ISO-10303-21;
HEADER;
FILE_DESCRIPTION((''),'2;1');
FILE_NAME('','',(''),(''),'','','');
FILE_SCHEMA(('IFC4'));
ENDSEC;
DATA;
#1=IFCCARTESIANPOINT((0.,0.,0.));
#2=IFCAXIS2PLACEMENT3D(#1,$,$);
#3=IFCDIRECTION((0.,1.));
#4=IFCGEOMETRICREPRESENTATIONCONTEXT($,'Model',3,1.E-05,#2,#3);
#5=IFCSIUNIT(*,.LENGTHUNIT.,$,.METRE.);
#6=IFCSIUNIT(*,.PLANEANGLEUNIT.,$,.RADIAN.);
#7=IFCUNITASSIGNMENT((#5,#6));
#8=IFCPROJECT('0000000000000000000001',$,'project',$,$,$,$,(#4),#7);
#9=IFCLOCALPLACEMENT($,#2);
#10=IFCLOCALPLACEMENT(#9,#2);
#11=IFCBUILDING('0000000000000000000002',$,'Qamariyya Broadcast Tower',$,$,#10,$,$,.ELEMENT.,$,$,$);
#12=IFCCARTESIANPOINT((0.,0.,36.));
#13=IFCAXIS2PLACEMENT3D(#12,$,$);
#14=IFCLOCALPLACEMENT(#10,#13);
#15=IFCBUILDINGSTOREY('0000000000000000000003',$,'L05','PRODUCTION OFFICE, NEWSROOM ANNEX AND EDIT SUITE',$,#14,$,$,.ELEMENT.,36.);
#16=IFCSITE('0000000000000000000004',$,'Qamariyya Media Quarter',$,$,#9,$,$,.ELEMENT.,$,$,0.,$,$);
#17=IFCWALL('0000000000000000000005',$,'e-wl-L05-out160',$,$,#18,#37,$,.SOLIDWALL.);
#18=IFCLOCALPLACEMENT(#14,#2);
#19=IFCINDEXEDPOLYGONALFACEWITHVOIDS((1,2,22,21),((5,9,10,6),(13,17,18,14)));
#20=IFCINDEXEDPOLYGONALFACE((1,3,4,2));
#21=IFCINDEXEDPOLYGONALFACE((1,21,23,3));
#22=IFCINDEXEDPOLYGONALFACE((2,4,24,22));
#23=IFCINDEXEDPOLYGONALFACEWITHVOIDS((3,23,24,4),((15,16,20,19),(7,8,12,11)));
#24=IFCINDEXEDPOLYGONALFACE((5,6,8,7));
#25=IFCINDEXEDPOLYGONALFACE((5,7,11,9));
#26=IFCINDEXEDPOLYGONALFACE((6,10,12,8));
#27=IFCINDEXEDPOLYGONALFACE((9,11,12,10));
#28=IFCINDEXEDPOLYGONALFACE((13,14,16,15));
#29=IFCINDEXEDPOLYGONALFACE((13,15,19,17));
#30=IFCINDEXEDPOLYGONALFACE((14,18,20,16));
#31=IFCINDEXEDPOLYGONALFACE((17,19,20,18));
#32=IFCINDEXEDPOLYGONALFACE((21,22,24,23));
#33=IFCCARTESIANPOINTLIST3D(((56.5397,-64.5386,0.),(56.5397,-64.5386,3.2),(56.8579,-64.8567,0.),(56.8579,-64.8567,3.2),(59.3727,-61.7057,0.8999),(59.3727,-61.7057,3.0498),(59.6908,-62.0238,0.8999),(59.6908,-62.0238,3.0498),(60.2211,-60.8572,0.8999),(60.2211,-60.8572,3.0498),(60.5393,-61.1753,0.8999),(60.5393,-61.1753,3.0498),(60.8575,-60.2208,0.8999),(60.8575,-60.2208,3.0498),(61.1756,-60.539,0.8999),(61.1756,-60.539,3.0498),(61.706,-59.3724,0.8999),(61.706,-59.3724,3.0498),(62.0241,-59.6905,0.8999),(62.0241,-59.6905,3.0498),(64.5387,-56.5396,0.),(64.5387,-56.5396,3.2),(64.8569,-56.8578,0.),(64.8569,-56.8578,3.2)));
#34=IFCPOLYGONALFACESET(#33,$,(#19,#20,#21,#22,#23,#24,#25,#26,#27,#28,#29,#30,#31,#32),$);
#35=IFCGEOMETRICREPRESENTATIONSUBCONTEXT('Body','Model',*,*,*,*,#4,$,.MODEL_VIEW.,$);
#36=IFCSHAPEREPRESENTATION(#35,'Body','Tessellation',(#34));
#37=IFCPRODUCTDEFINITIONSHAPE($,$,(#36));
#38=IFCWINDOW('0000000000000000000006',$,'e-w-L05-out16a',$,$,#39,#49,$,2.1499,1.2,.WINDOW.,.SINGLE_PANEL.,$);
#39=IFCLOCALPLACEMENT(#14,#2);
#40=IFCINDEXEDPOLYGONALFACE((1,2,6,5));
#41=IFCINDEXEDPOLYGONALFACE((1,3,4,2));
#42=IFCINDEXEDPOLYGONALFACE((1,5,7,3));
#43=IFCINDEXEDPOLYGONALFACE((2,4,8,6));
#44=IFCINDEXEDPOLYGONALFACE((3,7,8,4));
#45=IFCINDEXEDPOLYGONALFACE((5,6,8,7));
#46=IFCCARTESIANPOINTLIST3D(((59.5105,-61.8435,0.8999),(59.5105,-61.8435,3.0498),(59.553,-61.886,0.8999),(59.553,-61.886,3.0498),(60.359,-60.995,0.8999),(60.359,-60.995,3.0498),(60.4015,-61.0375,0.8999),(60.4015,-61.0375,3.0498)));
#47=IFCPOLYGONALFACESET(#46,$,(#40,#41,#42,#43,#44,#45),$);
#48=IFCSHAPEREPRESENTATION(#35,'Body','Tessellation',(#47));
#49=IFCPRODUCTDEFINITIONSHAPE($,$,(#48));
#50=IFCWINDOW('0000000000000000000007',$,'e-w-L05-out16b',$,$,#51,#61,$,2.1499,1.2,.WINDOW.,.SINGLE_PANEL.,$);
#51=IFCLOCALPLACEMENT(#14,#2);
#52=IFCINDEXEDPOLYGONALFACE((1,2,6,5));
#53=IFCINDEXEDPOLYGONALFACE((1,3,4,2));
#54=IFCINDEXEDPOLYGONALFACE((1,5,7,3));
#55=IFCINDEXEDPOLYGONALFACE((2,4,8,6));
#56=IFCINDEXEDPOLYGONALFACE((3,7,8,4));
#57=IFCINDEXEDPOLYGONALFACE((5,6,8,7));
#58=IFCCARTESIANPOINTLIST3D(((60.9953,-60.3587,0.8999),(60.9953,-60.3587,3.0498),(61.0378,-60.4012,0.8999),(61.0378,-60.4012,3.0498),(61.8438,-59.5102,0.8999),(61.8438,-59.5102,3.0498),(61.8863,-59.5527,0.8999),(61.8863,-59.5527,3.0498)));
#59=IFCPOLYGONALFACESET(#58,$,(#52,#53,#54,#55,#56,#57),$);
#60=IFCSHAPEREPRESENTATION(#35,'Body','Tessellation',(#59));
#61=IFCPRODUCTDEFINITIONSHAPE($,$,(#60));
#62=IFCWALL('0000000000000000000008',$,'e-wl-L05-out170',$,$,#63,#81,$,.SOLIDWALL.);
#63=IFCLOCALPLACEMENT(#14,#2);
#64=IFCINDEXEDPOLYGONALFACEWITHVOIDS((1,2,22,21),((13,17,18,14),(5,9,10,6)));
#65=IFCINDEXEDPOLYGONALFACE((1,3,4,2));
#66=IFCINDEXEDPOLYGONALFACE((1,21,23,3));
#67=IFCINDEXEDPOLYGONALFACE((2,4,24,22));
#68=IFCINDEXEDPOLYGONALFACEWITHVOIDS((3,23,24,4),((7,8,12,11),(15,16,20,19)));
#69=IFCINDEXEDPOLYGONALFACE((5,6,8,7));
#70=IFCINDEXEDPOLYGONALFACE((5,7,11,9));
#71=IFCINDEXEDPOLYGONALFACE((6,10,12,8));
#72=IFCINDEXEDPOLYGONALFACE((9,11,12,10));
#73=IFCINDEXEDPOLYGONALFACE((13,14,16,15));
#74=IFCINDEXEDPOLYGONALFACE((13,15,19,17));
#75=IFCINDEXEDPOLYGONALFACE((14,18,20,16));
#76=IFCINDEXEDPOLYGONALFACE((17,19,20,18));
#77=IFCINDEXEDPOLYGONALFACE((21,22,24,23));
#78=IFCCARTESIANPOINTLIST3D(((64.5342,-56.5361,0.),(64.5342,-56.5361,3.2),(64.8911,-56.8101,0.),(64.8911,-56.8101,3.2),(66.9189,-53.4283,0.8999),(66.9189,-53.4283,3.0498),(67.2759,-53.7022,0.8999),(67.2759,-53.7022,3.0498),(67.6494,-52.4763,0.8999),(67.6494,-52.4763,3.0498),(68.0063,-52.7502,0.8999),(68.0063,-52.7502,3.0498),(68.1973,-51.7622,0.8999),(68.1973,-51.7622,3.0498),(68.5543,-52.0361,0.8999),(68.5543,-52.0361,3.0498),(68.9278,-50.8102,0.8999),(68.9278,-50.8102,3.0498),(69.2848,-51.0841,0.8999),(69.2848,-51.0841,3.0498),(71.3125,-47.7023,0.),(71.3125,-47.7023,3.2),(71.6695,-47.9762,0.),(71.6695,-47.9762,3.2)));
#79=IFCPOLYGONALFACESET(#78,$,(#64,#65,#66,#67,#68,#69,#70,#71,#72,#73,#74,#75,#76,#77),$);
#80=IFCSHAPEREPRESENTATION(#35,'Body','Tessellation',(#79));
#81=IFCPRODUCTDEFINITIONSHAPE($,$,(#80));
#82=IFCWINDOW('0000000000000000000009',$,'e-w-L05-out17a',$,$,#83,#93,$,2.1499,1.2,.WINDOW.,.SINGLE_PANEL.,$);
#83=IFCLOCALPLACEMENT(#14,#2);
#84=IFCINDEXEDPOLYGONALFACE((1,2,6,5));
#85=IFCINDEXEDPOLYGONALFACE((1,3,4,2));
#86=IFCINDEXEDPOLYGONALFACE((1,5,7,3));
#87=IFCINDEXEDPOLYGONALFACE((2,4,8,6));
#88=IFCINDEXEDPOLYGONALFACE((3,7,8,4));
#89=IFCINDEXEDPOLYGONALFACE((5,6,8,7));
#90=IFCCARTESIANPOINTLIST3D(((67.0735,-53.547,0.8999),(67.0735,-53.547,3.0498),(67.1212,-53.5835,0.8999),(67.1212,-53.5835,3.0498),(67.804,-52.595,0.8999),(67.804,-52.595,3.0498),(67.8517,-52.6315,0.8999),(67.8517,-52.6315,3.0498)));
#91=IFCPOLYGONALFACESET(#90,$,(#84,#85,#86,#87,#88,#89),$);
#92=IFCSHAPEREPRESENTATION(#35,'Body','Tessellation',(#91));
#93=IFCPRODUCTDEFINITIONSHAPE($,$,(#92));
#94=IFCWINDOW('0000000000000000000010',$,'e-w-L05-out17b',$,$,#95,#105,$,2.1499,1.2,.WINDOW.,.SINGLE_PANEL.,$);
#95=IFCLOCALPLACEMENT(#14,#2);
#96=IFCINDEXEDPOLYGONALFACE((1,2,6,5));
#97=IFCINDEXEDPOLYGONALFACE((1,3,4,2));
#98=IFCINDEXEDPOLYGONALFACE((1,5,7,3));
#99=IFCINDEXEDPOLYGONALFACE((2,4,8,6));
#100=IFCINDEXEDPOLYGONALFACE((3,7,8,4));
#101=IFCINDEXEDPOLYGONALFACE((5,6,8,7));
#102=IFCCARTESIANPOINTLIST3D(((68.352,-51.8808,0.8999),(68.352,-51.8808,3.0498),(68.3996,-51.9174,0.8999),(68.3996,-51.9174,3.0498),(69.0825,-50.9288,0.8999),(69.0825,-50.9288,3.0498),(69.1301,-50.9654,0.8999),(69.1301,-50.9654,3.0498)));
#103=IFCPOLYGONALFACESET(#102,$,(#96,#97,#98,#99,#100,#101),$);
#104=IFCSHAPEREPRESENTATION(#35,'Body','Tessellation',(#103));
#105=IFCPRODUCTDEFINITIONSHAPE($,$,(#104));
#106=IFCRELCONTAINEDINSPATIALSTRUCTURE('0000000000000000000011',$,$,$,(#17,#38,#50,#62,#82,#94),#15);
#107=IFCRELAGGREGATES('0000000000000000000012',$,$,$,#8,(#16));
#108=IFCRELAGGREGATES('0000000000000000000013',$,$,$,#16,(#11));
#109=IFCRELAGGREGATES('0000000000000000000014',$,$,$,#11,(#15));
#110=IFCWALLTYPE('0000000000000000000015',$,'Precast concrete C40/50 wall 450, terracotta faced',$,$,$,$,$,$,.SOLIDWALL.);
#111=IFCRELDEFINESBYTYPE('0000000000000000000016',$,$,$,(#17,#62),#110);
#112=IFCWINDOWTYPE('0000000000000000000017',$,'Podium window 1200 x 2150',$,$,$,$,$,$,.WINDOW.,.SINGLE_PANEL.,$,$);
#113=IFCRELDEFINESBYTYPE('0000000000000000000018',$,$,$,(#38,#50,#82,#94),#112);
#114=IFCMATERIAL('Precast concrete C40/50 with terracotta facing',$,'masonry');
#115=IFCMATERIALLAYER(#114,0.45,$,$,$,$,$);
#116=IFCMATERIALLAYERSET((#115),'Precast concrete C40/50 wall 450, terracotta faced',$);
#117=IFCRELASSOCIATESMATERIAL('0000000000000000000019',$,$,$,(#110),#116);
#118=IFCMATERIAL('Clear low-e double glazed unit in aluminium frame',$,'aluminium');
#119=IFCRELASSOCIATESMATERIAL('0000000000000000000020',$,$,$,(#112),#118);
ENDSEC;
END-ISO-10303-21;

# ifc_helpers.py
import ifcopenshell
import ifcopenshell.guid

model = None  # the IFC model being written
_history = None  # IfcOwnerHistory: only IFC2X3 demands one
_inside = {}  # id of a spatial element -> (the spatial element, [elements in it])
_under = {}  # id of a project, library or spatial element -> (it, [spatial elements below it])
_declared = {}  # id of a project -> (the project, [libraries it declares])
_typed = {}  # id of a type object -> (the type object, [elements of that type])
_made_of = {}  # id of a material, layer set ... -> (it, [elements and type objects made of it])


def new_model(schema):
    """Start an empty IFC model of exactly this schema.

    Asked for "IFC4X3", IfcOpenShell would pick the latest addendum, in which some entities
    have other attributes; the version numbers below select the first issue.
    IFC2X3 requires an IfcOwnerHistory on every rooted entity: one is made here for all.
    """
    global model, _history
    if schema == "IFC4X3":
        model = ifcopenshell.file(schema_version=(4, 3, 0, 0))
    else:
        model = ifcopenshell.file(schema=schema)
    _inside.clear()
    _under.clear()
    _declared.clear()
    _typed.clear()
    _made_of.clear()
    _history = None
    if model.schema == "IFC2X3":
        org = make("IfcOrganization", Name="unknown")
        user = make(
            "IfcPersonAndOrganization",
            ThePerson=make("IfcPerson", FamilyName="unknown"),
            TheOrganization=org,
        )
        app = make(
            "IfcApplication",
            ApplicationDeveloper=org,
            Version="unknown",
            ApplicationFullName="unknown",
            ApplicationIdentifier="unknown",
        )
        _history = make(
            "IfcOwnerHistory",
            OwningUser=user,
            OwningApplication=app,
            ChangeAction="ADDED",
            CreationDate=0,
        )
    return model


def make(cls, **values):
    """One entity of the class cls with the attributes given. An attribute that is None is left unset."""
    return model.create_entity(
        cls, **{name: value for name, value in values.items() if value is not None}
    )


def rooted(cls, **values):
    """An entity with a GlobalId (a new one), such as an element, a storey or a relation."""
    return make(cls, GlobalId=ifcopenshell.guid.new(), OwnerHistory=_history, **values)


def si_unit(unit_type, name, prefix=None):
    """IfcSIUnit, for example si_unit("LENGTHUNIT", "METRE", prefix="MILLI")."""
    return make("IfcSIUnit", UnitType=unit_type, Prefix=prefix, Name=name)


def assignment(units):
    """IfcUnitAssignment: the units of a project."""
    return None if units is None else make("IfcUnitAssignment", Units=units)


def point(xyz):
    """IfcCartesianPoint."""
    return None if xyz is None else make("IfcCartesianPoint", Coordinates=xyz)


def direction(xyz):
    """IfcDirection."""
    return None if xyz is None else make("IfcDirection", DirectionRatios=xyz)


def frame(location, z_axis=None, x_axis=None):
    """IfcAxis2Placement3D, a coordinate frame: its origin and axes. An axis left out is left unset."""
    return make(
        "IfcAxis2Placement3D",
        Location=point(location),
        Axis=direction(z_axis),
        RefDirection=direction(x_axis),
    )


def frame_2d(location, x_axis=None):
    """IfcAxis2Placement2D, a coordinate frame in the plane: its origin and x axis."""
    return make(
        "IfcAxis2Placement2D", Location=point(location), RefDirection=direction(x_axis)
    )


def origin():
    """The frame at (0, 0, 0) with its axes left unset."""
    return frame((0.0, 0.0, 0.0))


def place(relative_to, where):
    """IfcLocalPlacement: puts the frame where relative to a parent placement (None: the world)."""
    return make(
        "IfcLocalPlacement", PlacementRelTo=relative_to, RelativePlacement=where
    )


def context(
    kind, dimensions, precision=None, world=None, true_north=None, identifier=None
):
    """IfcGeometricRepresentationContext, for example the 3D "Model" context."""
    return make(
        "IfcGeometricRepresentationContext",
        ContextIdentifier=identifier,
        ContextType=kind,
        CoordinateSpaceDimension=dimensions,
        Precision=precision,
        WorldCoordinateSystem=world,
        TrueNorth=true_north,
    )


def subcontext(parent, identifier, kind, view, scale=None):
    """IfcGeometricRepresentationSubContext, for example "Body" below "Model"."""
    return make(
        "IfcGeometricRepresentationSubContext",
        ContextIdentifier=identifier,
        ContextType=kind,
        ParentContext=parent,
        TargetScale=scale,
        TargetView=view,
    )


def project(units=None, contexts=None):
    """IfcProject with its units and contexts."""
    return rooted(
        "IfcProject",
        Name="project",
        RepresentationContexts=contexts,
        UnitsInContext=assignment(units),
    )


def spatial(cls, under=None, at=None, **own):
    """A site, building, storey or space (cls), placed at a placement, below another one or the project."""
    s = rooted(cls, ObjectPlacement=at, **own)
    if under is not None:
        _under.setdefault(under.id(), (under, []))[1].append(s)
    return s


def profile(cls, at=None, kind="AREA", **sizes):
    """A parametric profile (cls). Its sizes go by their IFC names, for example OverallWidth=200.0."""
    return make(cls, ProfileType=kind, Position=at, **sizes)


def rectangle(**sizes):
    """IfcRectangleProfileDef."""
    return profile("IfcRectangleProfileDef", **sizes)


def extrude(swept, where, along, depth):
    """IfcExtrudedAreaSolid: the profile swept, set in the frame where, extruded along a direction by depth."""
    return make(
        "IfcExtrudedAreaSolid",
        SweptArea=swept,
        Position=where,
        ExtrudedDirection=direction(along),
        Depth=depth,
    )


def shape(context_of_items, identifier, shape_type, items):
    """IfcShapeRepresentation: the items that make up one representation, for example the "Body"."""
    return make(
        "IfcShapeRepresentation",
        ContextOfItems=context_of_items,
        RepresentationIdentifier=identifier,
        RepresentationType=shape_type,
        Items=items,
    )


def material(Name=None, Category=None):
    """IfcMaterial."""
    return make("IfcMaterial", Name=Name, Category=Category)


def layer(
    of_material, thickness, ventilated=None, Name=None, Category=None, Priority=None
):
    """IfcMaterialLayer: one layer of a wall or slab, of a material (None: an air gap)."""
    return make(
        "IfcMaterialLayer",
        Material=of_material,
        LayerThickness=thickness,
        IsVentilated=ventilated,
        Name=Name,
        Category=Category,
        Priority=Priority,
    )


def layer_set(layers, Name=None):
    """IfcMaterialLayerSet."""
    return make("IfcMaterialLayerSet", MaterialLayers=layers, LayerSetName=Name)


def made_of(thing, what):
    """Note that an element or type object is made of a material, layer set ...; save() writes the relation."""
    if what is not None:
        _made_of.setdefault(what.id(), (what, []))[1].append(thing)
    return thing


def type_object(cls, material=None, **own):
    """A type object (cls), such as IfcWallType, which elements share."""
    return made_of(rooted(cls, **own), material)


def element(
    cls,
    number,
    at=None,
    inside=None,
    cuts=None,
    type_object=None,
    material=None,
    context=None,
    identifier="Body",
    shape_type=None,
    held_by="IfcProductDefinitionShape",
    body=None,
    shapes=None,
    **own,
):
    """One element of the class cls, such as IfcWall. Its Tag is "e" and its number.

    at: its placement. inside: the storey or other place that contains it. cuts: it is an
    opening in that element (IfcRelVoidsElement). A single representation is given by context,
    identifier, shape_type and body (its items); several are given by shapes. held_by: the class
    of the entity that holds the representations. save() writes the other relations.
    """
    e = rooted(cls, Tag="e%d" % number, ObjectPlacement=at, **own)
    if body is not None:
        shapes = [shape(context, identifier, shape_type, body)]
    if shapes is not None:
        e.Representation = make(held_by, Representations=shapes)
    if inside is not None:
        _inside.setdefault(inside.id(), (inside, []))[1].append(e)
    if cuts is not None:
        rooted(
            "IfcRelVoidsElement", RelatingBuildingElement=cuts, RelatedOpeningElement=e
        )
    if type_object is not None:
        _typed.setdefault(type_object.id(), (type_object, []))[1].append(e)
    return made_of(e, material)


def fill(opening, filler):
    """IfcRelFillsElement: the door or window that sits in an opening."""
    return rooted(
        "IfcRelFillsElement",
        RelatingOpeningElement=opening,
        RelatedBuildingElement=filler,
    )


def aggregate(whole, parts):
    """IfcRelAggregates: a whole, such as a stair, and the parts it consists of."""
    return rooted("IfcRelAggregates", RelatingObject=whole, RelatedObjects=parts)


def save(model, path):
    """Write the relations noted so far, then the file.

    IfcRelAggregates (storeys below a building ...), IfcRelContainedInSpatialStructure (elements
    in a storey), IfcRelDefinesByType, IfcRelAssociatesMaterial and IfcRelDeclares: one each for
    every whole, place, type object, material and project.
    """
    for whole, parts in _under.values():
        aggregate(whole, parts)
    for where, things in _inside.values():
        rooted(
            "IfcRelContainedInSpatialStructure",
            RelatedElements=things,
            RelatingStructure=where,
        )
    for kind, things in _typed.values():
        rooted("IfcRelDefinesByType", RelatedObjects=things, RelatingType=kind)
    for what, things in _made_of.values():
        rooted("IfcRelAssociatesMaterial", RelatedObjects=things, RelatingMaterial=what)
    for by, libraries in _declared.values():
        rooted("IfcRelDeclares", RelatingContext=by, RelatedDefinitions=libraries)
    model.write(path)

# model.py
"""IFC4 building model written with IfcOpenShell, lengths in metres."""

from ifc_helpers import new_model, si_unit, direction, frame, frame_2d, origin, place, context, subcontext, project, spatial, rectangle, extrude, material, layer, layer_set, type_object, element, fill, save


model = new_model("IFC4")

# Units and contexts
model_context = context("Model", 3, precision=1e-05, world=origin(), true_north=direction((0.0, 1.0)))
body_context = subcontext(model_context, "Body", "Model", "MODEL_VIEW")
ifc_project = project(units=[si_unit("LENGTHUNIT", "METRE"), si_unit("PLANEANGLEUNIT", "RADIAN")], contexts=[model_context])

# Site, building, storey
site_placement = place(None, origin())
site = spatial("IfcSite", under=ifc_project, at=site_placement, Name="Qamariyya Media Quarter", CompositionType="ELEMENT", RefElevation=0.0)
building_placement = place(site_placement, origin())
building = spatial("IfcBuilding", under=site, at=building_placement, Name="Qamariyya Broadcast Tower", CompositionType="ELEMENT")
storey_placement = place(building_placement, frame((0.0, 0.0, 36.0)))
storey = spatial("IfcBuildingStorey", under=building, at=storey_placement, Name="L05", Description="PRODUCTION OFFICE, NEWSROOM ANNEX AND EDIT SUITE", CompositionType="ELEMENT", Elevation=36.0)

# Walls, openings, windows
ifc_material_1 = material(Name="Precast concrete C40/50 with terracotta facing", Category="masonry")
ifc_layer_1 = layer(ifc_material_1, 0.45)
ifc_layer_set_1 = layer_set([ifc_layer_1], Name="Precast concrete C40/50 wall 450, terracotta faced")
wall_type_1 = type_object("IfcWallType", Name="Precast concrete C40/50 wall 450, terracotta faced", PredefinedType="SOLIDWALL", material=ifc_layer_set_1)
wall_1_placement = place(storey_placement, frame((56.6987, -64.6978, 0.0), z_axis=(0.0, 0.0, 1.0), x_axis=(0.707107, 0.707107, 0.0)))
wall_1 = element("IfcWall", 1, at=wall_1_placement, inside=storey, type_object=wall_type_1, Name="e-wl-L05-out160", PredefinedType="SOLIDWALL", context=body_context, shape_type="SweptSolid", body=[
    extrude(rectangle(XDim=11.3123, YDim=0.45, at=frame_2d((5.6562, 0.0))), origin(), (0.0, 0.0, 1.0), 3.2),
])
opening_1_placement = place(wall_1_placement, frame((4.0063, 0.0, 0.8999)))
opening_1 = element("IfcOpeningElement", 2, at=opening_1_placement, cuts=wall_1, PredefinedType="OPENING", context=body_context, shape_type="SweptSolid", body=[
    extrude(rectangle(XDim=1.2, YDim=2.1499, at=frame_2d((0.6001, 1.075))), frame((0.0, 0.2349, 0.0), z_axis=(0.0, -1.0, 0.0), x_axis=(1.0, 0.0, 0.0)), (0.0, 0.0, 1.0), 0.47),
])
opening_2_placement = place(wall_1_placement, frame((6.1062, 0.0, 0.8999)))
opening_2 = element("IfcOpeningElement", 3, at=opening_2_placement, cuts=wall_1, PredefinedType="OPENING", context=body_context, shape_type="SweptSolid", body=[
    extrude(rectangle(XDim=1.2, YDim=2.1499, at=frame_2d((0.6001, 1.075))), frame((0.0, 0.2349, 0.0), z_axis=(0.0, -1.0, 0.0), x_axis=(1.0, 0.0, 0.0)), (0.0, 0.0, 1.0), 0.47),
])
ifc_material_2 = material(Name="Clear low-e double glazed unit in aluminium frame", Category="aluminium")
window_type = type_object("IfcWindowType", Name="Podium window 1200 x 2150", PartitioningType="SINGLE_PANEL", PredefinedType="WINDOW", material=ifc_material_2)
window_1_placement = place(opening_1_placement, origin())
window_1 = element("IfcWindow", 4, at=window_1_placement, inside=storey, type_object=window_type, Name="e-w-L05-out16a", OverallHeight=2.1499, OverallWidth=1.2, PartitioningType="SINGLE_PANEL", PredefinedType="WINDOW", context=body_context, shape_type="SweptSolid", body=[
    extrude(rectangle(XDim=1.2, YDim=2.1499, at=frame_2d((0.6001, 1.075))), frame((0.0, 0.03, 0.0), z_axis=(0.0, -1.0, 0.0), x_axis=(1.0, 0.0, 0.0)), (0.0, 0.0, 1.0), 0.0601),
])
fill(opening_1, window_1)
window_2_placement = place(opening_2_placement, origin())
window_2 = element("IfcWindow", 5, at=window_2_placement, inside=storey, type_object=window_type, Name="e-w-L05-out16b", OverallHeight=2.1499, OverallWidth=1.2, PartitioningType="SINGLE_PANEL", PredefinedType="WINDOW", context=body_context, shape_type="SweptSolid", body=[
    extrude(rectangle(XDim=1.2, YDim=2.1499, at=frame_2d((0.6001, 1.075))), frame((0.0, 0.03, 0.0), z_axis=(0.0, -1.0, 0.0), x_axis=(1.0, 0.0, 0.0)), (0.0, 0.0, 1.0), 0.0601),
])
fill(opening_2, window_2)
wall_2_placement = place(storey_placement, frame((64.7126, -56.6731, 0.0), z_axis=(0.0, 0.0, 1.0), x_axis=(0.608759, 0.793355, 0.0)))
wall_2 = element("IfcWall", 6, at=wall_2_placement, inside=storey, type_object=wall_type_1, Name="e-wl-L05-out170", PredefinedType="SOLIDWALL", context=body_context, shape_type="SweptSolid", body=[
    extrude(rectangle(XDim=11.1348, YDim=0.45, at=frame_2d((5.5674, 0.0))), origin(), (0.0, 0.0, 1.0), 3.2),
])
opening_3_placement = place(wall_2_placement, frame((3.9172, 0.0, 0.8999)))
opening_3 = element("IfcOpeningElement", 7, at=opening_3_placement, cuts=wall_2, PredefinedType="OPENING", context=body_context, shape_type="SweptSolid", body=[
    extrude(rectangle(XDim=1.2, YDim=2.1499, at=frame_2d((0.6001, 1.075))), frame((0.0, 0.2349, 0.0), z_axis=(0.0, -1.0, 0.0), x_axis=(1.0, 0.0, 0.0)), (0.0, 0.0, 1.0), 0.47),
])
opening_4_placement = place(wall_2_placement, frame((6.0173, 0.0, 0.8999)))
opening_4 = element("IfcOpeningElement", 8, at=opening_4_placement, cuts=wall_2, PredefinedType="OPENING", context=body_context, shape_type="SweptSolid", body=[
    extrude(rectangle(XDim=1.2, YDim=2.1499, at=frame_2d((0.6001, 1.075))), frame((0.0, 0.2349, 0.0), z_axis=(0.0, -1.0, 0.0), x_axis=(1.0, 0.0, 0.0)), (0.0, 0.0, 1.0), 0.47),
])
window_3_placement = place(opening_3_placement, origin())
window_3 = element("IfcWindow", 9, at=window_3_placement, inside=storey, type_object=window_type, Name="e-w-L05-out17a", OverallHeight=2.1499, OverallWidth=1.2, PartitioningType="SINGLE_PANEL", PredefinedType="WINDOW", context=body_context, shape_type="SweptSolid", body=[
    extrude(rectangle(XDim=1.2, YDim=2.1499, at=frame_2d((0.6001, 1.075))), frame((0.0, 0.03, 0.0), z_axis=(0.0, -1.0, 0.0), x_axis=(1.0, 0.0, 0.0)), (0.0, 0.0, 1.0), 0.0601),
])
fill(opening_3, window_3)
window_4_placement = place(opening_4_placement, origin())
window_4 = element("IfcWindow", 10, at=window_4_placement, inside=storey, type_object=window_type, Name="e-w-L05-out17b", OverallHeight=2.1499, OverallWidth=1.2, PartitioningType="SINGLE_PANEL", PredefinedType="WINDOW", context=body_context, shape_type="SweptSolid", body=[
    extrude(rectangle(XDim=1.2, YDim=2.1499, at=frame_2d((0.6001, 1.075))), frame((0.0, 0.03, 0.0), z_axis=(0.0, -1.0, 0.0), x_axis=(1.0, 0.0, 0.0)), (0.0, 0.0, 1.0), 0.0601),
])
fill(opening_4, window_4)

save(model, "model.ifc")
